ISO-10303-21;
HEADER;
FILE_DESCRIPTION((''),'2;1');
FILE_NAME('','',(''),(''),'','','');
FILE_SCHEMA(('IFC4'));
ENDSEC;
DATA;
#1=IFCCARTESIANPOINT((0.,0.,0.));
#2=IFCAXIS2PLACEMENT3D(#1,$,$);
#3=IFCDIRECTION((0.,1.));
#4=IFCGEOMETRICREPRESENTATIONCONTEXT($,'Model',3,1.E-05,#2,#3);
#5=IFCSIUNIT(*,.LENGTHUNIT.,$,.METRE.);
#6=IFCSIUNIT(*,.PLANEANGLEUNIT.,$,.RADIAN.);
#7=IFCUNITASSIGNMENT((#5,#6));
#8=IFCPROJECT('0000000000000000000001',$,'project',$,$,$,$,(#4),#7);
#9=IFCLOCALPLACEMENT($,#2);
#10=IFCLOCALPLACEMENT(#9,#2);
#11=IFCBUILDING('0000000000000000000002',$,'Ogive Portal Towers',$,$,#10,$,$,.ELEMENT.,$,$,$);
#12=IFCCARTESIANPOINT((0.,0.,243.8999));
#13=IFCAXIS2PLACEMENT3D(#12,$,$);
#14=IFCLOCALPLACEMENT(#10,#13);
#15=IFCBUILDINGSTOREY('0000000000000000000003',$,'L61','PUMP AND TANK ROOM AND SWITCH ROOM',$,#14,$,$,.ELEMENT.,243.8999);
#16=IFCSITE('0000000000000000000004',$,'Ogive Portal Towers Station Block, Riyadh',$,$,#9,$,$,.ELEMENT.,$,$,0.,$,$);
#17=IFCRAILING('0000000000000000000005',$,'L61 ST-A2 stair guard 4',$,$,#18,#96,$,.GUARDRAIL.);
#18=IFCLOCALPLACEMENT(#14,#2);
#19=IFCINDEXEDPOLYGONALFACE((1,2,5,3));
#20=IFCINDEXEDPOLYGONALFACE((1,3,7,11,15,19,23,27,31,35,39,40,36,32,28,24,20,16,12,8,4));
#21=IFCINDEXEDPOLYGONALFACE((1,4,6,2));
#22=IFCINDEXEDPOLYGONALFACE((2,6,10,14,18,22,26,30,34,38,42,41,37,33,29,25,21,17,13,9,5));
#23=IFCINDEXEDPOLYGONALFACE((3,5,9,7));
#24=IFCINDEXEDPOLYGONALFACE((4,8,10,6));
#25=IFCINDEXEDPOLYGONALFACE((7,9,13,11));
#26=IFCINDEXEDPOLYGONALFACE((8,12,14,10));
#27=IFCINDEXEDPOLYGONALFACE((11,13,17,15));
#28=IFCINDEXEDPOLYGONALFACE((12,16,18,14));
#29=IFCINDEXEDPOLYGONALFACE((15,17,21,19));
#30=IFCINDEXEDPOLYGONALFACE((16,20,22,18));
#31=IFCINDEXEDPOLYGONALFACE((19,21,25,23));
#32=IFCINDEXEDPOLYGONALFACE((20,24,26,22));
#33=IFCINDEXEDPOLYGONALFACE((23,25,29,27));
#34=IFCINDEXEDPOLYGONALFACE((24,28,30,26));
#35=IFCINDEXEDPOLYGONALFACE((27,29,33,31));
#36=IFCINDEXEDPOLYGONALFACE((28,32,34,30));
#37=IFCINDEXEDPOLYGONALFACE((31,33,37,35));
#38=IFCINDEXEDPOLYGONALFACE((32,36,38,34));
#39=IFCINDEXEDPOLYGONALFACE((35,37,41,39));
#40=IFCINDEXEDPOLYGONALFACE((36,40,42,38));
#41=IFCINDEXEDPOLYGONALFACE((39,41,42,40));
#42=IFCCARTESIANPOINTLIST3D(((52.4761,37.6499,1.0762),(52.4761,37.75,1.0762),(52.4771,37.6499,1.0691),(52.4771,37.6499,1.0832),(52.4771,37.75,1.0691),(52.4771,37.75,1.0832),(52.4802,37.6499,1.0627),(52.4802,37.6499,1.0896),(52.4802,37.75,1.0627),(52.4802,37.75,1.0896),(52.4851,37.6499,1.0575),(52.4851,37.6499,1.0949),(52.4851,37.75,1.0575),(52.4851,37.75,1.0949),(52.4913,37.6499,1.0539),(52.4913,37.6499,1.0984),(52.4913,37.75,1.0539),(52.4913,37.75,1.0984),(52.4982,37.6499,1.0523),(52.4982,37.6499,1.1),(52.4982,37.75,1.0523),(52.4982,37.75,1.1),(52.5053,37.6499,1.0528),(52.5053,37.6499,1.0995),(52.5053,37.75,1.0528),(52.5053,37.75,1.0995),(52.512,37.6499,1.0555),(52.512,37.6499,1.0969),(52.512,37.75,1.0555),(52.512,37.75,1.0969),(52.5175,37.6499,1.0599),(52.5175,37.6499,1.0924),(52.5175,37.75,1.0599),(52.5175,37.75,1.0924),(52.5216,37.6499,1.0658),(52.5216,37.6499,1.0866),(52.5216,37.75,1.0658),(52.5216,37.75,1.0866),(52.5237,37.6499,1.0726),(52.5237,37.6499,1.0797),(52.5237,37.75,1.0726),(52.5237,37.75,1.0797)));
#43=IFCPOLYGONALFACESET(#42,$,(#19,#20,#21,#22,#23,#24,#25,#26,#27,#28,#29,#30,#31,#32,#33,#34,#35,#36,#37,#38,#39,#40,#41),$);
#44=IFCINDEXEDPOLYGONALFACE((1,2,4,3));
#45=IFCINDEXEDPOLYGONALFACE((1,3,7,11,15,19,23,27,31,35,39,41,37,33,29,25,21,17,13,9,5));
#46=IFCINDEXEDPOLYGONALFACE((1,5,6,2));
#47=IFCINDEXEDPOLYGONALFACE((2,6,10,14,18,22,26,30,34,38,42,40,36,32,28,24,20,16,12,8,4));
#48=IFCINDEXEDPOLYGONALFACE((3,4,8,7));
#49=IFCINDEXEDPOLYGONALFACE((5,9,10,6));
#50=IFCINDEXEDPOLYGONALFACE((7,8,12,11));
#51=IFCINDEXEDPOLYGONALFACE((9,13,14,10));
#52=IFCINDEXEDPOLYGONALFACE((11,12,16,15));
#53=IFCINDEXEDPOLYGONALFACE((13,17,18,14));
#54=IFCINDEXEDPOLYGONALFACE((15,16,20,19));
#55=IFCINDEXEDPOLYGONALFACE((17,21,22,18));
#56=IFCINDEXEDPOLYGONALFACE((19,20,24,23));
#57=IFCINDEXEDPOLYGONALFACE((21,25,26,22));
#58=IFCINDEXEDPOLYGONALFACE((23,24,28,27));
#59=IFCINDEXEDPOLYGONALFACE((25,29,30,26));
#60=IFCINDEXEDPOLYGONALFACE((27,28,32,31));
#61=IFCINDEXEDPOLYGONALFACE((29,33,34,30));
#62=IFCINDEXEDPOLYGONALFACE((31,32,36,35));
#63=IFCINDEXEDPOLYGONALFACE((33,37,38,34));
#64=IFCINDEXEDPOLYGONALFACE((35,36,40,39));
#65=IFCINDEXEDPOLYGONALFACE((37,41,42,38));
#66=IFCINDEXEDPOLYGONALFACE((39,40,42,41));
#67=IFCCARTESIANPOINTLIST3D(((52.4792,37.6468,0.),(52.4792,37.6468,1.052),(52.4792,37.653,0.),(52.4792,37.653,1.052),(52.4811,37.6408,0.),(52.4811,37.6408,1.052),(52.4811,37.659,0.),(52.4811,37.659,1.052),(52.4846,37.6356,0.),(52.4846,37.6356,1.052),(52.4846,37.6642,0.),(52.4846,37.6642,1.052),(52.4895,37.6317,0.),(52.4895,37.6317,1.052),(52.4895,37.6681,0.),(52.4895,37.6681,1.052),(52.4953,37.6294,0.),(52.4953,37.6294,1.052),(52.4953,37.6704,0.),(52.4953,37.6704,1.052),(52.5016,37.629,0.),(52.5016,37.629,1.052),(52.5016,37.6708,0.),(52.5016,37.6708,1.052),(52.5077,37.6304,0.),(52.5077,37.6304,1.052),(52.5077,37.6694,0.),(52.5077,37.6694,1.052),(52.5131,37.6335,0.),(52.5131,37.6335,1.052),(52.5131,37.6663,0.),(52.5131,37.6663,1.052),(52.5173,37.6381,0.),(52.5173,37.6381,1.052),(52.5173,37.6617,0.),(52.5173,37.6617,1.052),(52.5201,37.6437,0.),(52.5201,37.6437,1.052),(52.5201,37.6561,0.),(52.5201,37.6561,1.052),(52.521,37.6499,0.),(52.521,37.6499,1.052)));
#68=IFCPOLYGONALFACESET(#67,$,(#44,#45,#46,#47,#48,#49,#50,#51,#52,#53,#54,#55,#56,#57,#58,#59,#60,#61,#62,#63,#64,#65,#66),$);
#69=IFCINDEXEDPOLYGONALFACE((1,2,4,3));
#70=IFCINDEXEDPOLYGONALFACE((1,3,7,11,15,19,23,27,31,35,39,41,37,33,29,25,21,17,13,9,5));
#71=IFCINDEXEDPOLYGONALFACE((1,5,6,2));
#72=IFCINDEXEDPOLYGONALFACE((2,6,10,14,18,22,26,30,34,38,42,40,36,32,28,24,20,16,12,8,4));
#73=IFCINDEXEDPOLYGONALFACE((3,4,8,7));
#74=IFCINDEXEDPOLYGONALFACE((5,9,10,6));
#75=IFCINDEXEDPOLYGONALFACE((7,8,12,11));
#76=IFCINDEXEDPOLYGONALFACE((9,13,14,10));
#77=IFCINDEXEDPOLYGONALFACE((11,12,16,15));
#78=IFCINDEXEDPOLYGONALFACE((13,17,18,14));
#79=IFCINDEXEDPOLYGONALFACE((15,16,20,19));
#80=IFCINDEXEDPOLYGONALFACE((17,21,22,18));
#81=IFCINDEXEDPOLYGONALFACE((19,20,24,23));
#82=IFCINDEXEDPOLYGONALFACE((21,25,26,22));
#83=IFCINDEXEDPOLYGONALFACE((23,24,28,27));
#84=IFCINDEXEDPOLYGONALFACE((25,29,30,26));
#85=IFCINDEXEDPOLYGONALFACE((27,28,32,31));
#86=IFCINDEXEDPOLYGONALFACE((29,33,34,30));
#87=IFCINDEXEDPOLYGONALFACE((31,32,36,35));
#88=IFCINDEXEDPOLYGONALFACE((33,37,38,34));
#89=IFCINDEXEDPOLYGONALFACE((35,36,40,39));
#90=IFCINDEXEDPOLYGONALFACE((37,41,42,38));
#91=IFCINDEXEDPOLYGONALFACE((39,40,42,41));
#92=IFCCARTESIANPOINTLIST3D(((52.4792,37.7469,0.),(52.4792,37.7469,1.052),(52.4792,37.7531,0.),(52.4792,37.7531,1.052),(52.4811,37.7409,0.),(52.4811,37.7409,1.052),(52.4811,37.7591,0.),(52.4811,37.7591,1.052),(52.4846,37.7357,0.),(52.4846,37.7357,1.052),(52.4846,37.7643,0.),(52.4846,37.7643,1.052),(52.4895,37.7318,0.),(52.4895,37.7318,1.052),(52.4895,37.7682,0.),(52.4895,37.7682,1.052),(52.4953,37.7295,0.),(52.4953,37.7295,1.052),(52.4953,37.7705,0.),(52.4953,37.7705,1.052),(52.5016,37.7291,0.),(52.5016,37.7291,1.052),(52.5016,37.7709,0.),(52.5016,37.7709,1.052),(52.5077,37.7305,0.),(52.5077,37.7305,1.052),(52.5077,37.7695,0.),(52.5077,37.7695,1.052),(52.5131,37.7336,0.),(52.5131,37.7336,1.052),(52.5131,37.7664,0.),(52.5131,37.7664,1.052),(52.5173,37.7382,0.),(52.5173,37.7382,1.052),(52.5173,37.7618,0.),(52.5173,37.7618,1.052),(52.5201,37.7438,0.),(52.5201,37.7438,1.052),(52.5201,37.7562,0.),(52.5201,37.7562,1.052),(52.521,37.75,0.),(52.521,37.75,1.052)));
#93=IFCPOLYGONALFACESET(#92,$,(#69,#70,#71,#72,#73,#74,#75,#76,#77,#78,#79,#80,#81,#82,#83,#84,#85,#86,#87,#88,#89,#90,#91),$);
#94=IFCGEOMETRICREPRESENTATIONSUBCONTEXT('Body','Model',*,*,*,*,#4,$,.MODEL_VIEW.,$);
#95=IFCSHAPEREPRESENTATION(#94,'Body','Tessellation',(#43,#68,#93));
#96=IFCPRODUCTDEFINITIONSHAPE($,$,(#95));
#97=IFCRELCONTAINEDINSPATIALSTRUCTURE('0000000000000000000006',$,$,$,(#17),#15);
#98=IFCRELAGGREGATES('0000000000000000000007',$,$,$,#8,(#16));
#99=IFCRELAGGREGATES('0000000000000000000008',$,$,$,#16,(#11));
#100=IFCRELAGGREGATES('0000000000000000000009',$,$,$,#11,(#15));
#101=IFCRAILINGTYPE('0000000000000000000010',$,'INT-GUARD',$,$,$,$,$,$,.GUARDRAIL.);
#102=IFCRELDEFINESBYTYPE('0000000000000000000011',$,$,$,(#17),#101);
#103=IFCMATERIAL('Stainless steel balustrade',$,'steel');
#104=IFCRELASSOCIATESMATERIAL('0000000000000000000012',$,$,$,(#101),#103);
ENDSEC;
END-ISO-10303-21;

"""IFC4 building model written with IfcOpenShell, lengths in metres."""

from ifc_helpers import new_model, si_unit, direction, frame, origin, origin_2d, place, context, subcontext, project, spatial, circle, extrude, material, type_object, element, save


model = new_model("IFC4")

# Units and contexts
model_context = context("Model", 3, precision=1e-05, world=origin(), true_north=direction((0.0, 1.0)))
body_context = subcontext(model_context, "Body", "Model", "MODEL_VIEW")
ifc_project = project(units=[si_unit("LENGTHUNIT", "METRE"), si_unit("PLANEANGLEUNIT", "RADIAN")], contexts=[model_context])

# Site, building, storey
site_placement = place(None, origin())
site = spatial("IfcSite", under=ifc_project, at=site_placement, Name="Ogive Portal Towers Station Block, Riyadh", CompositionType="ELEMENT", RefElevation=0.0)
building_placement = place(site_placement, origin())
building = spatial("IfcBuilding", under=site, at=building_placement, Name="Ogive Portal Towers", CompositionType="ELEMENT")
storey_placement = place(building_placement, frame((0.0, 0.0, 243.8999)))
storey = spatial("IfcBuildingStorey", under=building, at=storey_placement, Name="L61", Description="PUMP AND TANK ROOM AND SWITCH ROOM", CompositionType="ELEMENT", Elevation=243.8999)

# Railing
ifc_material_1 = material(Name="Stainless steel balustrade", Category="steel")
railing_type_1 = type_object("IfcRailingType", Name="INT-GUARD", PredefinedType="GUARDRAIL", material=ifc_material_1)
railing_1_placement = place(storey_placement, frame((52.5, 37.6499, 0.0)))
element("IfcRailing", 1, at=railing_1_placement, inside=storey, type_object=railing_type_1, Name="L61 ST-A2 stair guard 4", PredefinedType="GUARDRAIL", context=body_context, shape_type="SweptSolid", body=[
    extrude(circle(Radius=0.0239, at=origin_2d()), frame((0.0, 0.0, 1.0762), z_axis=(0.0, 1.0, 0.0), x_axis=(-1.0, 0.0, 0.0)), (0.0, 0.0, 1.0), 0.1001),
    extrude(circle(Radius=0.021, at=origin_2d()), origin(), (0.0, 0.0, 1.0), 1.052),
    extrude(circle(Radius=0.021, at=origin_2d()), frame((0.0, 0.1001, 0.0)), (0.0, 0.0, 1.0), 1.052),
])

save(model, "model.ifc")
